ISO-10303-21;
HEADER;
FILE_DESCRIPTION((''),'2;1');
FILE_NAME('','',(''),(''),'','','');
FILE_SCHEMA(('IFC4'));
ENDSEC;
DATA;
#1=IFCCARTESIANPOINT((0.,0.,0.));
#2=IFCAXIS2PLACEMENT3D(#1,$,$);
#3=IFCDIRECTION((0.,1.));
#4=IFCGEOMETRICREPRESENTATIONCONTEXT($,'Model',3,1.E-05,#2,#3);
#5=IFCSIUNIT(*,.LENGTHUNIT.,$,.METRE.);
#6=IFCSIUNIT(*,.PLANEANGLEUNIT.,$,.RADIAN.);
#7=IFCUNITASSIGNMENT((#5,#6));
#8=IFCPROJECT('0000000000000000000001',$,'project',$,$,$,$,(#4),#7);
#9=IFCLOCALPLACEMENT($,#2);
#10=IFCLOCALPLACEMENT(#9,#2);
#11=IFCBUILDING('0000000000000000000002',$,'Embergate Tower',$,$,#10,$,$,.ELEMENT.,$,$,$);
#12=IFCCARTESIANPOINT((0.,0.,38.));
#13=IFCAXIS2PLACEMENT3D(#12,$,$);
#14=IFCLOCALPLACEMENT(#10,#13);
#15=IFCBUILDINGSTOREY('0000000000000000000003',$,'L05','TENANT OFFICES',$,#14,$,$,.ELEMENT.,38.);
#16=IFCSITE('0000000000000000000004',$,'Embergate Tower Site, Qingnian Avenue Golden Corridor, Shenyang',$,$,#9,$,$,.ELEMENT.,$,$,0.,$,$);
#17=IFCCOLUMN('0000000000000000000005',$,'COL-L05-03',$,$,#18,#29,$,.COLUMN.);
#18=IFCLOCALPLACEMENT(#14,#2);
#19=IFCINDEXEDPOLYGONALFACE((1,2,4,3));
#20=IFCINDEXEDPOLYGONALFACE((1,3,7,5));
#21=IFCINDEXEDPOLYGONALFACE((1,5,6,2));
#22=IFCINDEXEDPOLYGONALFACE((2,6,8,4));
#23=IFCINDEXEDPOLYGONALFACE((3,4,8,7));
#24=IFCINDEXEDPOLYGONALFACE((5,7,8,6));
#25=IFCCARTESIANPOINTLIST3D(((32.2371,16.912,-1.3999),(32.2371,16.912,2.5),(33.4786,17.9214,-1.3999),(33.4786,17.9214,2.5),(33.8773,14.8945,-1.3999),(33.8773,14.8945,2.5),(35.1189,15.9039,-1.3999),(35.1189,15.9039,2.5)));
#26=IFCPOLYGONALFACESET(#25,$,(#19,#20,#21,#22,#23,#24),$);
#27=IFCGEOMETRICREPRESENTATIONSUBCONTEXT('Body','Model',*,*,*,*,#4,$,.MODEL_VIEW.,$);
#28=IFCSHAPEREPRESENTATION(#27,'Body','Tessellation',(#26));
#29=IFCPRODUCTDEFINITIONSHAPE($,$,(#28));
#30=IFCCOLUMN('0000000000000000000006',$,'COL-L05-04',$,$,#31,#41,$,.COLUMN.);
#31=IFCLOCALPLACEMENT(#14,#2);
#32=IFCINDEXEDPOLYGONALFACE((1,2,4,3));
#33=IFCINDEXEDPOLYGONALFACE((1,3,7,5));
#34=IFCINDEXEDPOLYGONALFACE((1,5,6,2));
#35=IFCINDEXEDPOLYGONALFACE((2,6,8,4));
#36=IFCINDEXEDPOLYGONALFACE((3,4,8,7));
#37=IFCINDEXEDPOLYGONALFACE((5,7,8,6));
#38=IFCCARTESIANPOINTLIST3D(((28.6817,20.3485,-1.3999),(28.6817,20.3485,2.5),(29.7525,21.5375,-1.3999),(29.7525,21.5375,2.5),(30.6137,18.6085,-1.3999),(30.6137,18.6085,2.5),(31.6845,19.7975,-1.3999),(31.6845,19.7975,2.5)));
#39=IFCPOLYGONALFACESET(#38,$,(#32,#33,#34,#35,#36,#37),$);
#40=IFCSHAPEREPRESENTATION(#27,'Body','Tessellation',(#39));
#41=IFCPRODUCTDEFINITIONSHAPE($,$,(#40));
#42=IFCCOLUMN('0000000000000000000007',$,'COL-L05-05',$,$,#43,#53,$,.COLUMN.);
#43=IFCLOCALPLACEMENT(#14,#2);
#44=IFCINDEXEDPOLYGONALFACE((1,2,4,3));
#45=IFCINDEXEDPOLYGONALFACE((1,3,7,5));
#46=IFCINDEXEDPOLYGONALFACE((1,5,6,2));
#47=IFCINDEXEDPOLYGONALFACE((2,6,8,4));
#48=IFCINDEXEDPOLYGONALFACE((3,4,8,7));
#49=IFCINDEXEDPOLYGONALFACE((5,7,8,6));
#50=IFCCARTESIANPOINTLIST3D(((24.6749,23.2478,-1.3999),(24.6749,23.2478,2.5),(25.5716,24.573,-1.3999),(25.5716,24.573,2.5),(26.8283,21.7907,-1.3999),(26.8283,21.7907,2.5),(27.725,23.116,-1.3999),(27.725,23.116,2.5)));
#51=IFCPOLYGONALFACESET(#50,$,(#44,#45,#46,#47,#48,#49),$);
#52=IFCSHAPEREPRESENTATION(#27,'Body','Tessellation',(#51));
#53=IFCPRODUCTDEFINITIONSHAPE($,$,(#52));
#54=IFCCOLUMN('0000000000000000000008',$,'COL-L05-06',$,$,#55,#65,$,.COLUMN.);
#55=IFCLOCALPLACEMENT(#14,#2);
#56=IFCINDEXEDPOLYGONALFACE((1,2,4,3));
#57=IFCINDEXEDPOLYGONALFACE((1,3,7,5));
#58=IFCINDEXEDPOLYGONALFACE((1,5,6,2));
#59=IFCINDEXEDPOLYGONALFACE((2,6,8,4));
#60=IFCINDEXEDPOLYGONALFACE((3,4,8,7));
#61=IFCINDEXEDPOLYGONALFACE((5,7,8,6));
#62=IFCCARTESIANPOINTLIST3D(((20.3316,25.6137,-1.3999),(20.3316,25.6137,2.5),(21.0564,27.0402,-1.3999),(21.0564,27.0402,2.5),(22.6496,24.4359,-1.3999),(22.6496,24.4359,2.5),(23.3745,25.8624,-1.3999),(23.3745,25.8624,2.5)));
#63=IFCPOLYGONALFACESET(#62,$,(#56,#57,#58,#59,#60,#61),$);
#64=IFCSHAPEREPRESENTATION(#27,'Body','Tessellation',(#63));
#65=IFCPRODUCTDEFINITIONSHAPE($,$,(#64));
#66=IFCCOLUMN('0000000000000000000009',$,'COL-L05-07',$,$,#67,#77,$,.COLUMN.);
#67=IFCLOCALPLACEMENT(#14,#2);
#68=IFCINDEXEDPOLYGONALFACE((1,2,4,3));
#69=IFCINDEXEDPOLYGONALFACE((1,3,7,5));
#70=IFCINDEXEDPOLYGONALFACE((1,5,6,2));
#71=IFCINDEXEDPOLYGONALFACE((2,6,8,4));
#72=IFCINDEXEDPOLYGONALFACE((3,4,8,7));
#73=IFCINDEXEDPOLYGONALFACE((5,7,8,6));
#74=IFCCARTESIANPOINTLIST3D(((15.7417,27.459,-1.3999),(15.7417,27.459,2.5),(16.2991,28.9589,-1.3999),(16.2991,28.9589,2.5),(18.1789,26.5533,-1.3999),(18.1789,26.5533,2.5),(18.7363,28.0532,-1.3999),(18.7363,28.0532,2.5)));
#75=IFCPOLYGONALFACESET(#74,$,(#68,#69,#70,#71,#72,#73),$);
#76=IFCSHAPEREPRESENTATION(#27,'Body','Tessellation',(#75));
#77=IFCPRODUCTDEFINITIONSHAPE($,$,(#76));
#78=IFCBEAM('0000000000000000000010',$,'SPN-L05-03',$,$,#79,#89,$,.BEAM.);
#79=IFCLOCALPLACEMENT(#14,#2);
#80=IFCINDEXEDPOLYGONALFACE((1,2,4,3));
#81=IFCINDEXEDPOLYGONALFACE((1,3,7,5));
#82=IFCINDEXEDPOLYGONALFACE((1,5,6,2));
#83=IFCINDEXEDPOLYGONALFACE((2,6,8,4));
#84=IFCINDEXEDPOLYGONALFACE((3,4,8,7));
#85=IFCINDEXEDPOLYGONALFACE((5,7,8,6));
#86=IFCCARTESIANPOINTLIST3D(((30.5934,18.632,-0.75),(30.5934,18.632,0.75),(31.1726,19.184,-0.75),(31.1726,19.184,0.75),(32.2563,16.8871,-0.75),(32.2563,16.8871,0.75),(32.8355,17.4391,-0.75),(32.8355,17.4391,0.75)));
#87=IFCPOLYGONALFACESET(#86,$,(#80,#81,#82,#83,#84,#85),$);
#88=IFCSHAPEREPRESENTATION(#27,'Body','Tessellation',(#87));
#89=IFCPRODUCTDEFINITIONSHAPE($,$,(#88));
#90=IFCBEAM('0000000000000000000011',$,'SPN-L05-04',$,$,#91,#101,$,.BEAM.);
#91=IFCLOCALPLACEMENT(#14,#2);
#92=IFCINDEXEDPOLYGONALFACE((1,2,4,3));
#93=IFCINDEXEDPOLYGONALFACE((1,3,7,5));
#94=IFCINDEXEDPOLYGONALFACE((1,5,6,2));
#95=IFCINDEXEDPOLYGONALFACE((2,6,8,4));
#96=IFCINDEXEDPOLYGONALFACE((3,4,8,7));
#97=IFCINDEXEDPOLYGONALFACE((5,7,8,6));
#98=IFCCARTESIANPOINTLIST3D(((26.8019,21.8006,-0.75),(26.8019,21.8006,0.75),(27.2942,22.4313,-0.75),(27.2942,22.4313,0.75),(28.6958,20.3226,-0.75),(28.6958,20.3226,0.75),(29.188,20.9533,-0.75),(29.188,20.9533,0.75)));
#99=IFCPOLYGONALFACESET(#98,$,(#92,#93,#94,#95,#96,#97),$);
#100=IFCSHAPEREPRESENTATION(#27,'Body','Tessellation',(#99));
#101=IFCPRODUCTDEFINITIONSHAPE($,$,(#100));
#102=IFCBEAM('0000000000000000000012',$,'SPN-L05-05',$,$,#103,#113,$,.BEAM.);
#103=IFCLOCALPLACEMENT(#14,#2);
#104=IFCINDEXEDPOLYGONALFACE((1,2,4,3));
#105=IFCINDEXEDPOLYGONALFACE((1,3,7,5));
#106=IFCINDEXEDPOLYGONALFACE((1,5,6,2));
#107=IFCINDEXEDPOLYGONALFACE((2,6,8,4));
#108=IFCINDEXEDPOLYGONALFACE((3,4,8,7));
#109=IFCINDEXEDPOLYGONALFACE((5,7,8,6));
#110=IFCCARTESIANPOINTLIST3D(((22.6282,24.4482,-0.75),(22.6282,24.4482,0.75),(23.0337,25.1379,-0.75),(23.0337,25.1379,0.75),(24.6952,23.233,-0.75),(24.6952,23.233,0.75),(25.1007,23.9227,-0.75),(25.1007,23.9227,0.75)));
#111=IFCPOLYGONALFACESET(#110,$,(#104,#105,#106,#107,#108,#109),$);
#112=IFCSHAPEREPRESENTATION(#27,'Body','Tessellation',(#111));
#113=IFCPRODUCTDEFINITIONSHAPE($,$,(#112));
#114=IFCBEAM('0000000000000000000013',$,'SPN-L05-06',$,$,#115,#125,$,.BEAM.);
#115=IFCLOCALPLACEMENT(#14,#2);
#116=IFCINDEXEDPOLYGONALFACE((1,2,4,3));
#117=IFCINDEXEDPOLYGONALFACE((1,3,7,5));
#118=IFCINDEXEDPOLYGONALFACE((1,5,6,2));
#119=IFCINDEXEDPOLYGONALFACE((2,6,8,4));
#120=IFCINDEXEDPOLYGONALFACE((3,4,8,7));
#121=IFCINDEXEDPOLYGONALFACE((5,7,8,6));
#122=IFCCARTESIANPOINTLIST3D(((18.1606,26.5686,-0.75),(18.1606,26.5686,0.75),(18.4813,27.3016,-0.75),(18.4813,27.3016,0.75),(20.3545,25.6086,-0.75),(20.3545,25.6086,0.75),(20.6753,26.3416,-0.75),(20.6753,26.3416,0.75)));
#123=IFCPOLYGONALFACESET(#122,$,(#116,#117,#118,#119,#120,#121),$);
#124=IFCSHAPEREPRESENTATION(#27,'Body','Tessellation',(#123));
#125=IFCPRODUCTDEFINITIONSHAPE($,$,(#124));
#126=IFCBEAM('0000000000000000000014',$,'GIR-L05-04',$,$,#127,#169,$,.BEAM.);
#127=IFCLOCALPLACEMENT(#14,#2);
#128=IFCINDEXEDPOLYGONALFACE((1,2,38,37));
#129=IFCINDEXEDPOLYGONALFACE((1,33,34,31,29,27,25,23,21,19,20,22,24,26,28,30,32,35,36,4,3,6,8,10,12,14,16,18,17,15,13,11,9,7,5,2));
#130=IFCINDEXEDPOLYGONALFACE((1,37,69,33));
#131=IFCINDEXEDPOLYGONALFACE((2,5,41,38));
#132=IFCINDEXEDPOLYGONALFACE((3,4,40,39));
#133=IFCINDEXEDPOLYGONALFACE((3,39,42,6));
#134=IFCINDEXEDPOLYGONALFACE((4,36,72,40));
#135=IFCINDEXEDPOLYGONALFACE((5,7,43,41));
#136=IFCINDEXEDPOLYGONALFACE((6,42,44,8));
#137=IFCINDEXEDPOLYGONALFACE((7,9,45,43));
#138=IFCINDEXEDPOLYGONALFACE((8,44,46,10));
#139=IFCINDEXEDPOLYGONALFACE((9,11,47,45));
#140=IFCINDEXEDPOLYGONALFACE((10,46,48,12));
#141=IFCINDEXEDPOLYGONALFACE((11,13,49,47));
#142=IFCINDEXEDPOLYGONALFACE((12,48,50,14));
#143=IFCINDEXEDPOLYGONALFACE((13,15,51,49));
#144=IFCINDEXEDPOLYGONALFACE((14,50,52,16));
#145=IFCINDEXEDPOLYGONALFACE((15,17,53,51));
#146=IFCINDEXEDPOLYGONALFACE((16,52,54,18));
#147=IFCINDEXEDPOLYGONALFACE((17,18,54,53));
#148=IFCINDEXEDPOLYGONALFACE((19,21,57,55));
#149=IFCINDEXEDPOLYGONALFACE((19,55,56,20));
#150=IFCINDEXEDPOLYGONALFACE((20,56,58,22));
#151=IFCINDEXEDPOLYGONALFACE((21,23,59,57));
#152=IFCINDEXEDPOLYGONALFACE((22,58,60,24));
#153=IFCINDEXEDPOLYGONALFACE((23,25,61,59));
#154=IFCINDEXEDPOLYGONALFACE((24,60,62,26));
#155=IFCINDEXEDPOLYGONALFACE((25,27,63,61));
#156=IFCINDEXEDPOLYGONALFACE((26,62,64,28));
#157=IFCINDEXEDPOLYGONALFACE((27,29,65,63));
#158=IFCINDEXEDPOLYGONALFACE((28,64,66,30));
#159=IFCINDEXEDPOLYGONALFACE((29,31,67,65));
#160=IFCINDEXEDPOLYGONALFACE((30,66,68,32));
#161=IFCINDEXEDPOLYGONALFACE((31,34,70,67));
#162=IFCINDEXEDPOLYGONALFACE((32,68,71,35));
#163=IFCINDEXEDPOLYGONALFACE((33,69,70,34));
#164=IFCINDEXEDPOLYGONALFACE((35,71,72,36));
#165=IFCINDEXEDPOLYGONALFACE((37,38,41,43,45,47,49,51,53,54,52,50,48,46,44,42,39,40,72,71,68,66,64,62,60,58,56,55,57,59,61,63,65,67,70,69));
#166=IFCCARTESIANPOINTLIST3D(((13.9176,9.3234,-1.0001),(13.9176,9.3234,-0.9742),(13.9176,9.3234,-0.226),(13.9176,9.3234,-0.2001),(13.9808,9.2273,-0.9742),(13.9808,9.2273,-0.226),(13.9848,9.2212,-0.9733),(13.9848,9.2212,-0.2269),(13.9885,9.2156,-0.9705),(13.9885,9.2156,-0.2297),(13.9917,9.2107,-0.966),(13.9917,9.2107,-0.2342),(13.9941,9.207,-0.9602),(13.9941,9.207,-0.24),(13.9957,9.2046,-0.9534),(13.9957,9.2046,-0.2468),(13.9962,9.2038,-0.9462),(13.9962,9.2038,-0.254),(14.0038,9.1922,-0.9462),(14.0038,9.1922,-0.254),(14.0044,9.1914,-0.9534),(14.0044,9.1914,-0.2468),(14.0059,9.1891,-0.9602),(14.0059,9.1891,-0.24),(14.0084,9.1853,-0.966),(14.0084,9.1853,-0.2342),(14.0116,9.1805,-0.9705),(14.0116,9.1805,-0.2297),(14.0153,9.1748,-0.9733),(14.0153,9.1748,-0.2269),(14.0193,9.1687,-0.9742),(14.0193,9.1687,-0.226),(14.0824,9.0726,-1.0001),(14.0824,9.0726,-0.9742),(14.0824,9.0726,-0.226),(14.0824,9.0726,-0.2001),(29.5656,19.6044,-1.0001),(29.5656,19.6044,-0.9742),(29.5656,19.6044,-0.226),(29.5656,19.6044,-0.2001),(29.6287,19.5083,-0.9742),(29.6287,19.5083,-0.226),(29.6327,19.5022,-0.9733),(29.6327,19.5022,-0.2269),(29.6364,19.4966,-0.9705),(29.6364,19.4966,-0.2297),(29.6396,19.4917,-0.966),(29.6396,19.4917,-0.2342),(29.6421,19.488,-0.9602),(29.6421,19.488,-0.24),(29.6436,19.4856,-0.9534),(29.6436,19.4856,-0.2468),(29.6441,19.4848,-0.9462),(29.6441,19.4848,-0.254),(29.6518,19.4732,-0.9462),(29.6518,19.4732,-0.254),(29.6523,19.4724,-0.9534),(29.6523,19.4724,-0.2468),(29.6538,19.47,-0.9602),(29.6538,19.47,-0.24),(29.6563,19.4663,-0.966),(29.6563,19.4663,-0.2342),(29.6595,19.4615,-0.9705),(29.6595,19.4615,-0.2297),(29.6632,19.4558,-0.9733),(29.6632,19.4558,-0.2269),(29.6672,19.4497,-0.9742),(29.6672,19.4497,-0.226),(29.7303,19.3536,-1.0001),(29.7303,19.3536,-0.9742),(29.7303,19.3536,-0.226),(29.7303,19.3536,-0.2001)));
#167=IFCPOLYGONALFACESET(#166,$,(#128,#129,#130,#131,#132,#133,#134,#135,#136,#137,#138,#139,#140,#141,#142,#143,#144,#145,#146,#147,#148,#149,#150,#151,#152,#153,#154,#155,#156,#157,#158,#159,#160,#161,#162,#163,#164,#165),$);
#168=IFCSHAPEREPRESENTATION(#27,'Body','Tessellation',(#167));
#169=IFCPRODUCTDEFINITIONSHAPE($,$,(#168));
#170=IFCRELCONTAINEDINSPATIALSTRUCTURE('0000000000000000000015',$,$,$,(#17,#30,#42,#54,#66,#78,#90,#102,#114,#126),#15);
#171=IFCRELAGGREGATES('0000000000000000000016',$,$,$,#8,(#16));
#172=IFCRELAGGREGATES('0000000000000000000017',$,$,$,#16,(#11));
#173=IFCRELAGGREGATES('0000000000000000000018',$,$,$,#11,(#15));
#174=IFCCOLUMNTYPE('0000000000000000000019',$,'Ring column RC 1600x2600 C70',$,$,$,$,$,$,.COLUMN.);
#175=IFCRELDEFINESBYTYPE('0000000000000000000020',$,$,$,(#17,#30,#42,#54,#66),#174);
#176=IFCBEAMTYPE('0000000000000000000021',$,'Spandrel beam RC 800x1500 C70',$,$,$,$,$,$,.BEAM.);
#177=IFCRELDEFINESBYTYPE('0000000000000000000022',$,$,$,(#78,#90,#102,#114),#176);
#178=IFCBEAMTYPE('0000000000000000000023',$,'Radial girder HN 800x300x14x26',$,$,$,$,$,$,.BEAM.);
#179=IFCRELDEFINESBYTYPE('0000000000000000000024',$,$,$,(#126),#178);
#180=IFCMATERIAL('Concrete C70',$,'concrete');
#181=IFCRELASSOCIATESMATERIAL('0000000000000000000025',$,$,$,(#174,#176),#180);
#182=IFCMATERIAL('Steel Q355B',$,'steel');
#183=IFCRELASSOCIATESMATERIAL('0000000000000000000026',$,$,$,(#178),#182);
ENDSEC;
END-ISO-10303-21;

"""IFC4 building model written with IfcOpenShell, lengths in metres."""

from ifc_helpers import new_model, si_unit, direction, frame, origin, origin_2d, place, context, subcontext, project, spatial, rectangle, i_section, extrude, source, transform, mapped, material, material_profile, profile_set, type_object, element, save


model = new_model("IFC4")

# Units and contexts
model_context = context("Model", 3, precision=1e-05, world=origin(), true_north=direction((0.0, 1.0)))
body_context = subcontext(model_context, "Body", "Model", "MODEL_VIEW")
ifc_project = project(units=[si_unit("LENGTHUNIT", "METRE"), si_unit("PLANEANGLEUNIT", "RADIAN")], contexts=[model_context])

# Site, building, storey
site_placement = place(None, origin())
site = spatial("IfcSite", under=ifc_project, at=site_placement, Name="Embergate Tower Site, Qingnian Avenue Golden Corridor, Shenyang", CompositionType="ELEMENT", RefElevation=0.0)
building_placement = place(site_placement, origin())
building = spatial("IfcBuilding", under=site, at=building_placement, Name="Embergate Tower", CompositionType="ELEMENT")
storey_placement = place(building_placement, frame((0.0, 0.0, 38.0)))
storey = spatial("IfcBuildingStorey", under=building, at=storey_placement, Name="L05", Description="TENANT OFFICES", CompositionType="ELEMENT", Elevation=38.0)

# Columns
ifc_material_1 = material(Name="Concrete C70", Category="concrete")
ifc_material_profile_1 = material_profile(ifc_material_1, rectangle(XDim=1.6001, YDim=2.6001, at=origin_2d()), Name="RC 1600x2600")
ifc_profile_set_1 = profile_set([ifc_material_profile_1], Name="Concrete C70")
column_type = type_object("IfcColumnType", Name="Ring column RC 1600x2600 C70", PredefinedType="COLUMN", material=ifc_profile_set_1)
shared_shape_1 = source(origin(), body_context, "Body", "SweptSolid", [
    extrude(rectangle(XDim=1.6001, YDim=2.6001, at=origin_2d()), origin(), (0.0, 0.0, 1.0), 3.8999),
])
for number, where, z_axis, x_axis, name in (
    (1, (33.678, 16.408, -1.3999), (0.0, 0.0, 1.0), (0.775914, 0.630838, 0.0), "COL-L05-03"),
    (2, (30.1831, 20.073, -1.3999), (0.0, 0.0, 1.0), (0.669208, 0.743075, 0.0), "COL-L05-04"),
    (3, (26.2, 23.1819, -1.3999), (0.0, 0.0, 1.0), (0.560393, 0.828227, 0.0), "COL-L05-05"),
    (4, (21.853, 25.738, -1.3999), (0.0, 0.0, 1.0), (0.452995, 0.891513, 0.0), "COL-L05-06"),
    (5, (17.239, 27.7561, -1.3999), (0.0, 0.0, 1.0), (0.348343, 0.937367, 0.0), "COL-L05-07"),
):
    element("IfcColumn", number, at=place(storey_placement, frame(where, z_axis=z_axis, x_axis=x_axis)), inside=storey, type_object=column_type, Name=name, PredefinedType="COLUMN", context=body_context, shape_type="MappedRepresentation", body=[
        mapped(shared_shape_1, transform((0.0, 0.0, 0.0))),
    ])

# Beams
ifc_material_profile_2 = material_profile(ifc_material_1, rectangle(XDim=0.8, YDim=1.5, at=origin_2d()), Name="RC 800x1500")
ifc_profile_set_2 = profile_set([ifc_material_profile_2], Name="Concrete C70")
beam_type_1 = type_object("IfcBeamType", Name="Spandrel beam RC 800x1500 C70", PredefinedType="BEAM", material=ifc_profile_set_2)
shared_shape_2 = source(origin(), body_context, "Body", "SweptSolid", [
    extrude(rectangle(XDim=0.8, YDim=1.5, at=origin_2d()), origin(), (0.0, 0.0, 1.0), 2.4104),
])
beam_1_placement = place(storey_placement, frame((32.5459, 17.1631, 0.0), z_axis=(-0.689885, 0.723919, 0.0), x_axis=(-0.723919, -0.689885, 0.0)))
element("IfcBeam", 6, at=beam_1_placement, inside=storey, type_object=beam_type_1, Name="SPN-L05-03", PredefinedType="BEAM", context=body_context, shape_type="MappedRepresentation", body=[
    mapped(shared_shape_2, transform((0.0, 0.0, 0.0))),
])
shared_shape_3 = source(origin(), body_context, "Body", "SweptSolid", [
    extrude(rectangle(XDim=0.8, YDim=1.5, at=origin_2d()), origin(), (0.0, 0.0, 1.0), 2.4023),
])
beam_2_placement = place(storey_placement, frame((28.9419, 20.6379, 0.0), z_axis=(-0.788328, 0.615255, 0.0), x_axis=(-0.615255, -0.788328, 0.0)))
element("IfcBeam", 7, at=beam_2_placement, inside=storey, type_object=beam_type_1, Name="SPN-L05-04", PredefinedType="BEAM", context=body_context, shape_type="MappedRepresentation", body=[
    mapped(shared_shape_3, transform((0.0, 0.0, 0.0))),
])
shared_shape_4 = source(origin(), body_context, "Body", "SweptSolid", [
    extrude(rectangle(XDim=0.8, YDim=1.5, at=origin_2d()), origin(), (0.0, 0.0, 1.0), 2.3977),
])
beam_3_placement = place(storey_placement, frame((24.8979, 23.5779, 0.0), z_axis=(-0.862068, 0.506793, 0.0), x_axis=(-0.506793, -0.862068, 0.0)))
element("IfcBeam", 8, at=beam_3_placement, inside=storey, type_object=beam_type_1, Name="SPN-L05-05", PredefinedType="BEAM", context=body_context, shape_type="MappedRepresentation", body=[
    mapped(shared_shape_4, transform((0.0, 0.0, 0.0))),
])
shared_shape_5 = source(origin(), body_context, "Body", "SweptSolid", [
    extrude(rectangle(XDim=0.8, YDim=1.5, at=origin_2d()), origin(), (0.0, 0.0, 1.0), 2.3948),
])
beam_4_placement = place(storey_placement, frame((20.5149, 25.9751, 0.0), z_axis=(-0.916134, 0.400872, 0.0), x_axis=(-0.400872, -0.916134, 0.0)))
element("IfcBeam", 9, at=beam_4_placement, inside=storey, type_object=beam_type_1, Name="SPN-L05-06", PredefinedType="BEAM", context=body_context, shape_type="MappedRepresentation", body=[
    mapped(shared_shape_5, transform((0.0, 0.0, 0.0))),
])
ifc_material_2 = material(Name="Steel Q355B", Category="steel")
ifc_material_profile_3 = material_profile(ifc_material_2, i_section(OverallWidth=0.3, OverallDepth=0.8, WebThickness=0.0139, FlangeThickness=0.0259, FilletRadius=0.0281, at=origin_2d()), Name="HN 800x300x14x26")
ifc_profile_set_3 = profile_set([ifc_material_profile_3], Name="Steel Q355 grade B")
beam_type_2 = type_object("IfcBeamType", Name="Radial girder HN 800x300x14x26", PredefinedType="BEAM", material=ifc_profile_set_3)
shared_shape_6 = source(origin(), body_context, "Body", "SweptSolid", [
    extrude(i_section(OverallWidth=0.3, OverallDepth=0.8, WebThickness=0.0139, FlangeThickness=0.0259, FilletRadius=0.0281, at=origin_2d()), origin(), (0.0, 0.0, 1.0), 18.7231),
])
beam_5_placement = place(storey_placement, frame((29.6479, 19.479, -0.6001), z_axis=(-0.835753, -0.549106, 0.0), x_axis=(0.549106, -0.835753, 0.0)))
element("IfcBeam", 10, at=beam_5_placement, inside=storey, type_object=beam_type_2, Name="GIR-L05-04", PredefinedType="BEAM", context=body_context, shape_type="MappedRepresentation", body=[
    mapped(shared_shape_6, transform((0.0, 0.0, 0.0))),
])

save(model, "model.ifc")
